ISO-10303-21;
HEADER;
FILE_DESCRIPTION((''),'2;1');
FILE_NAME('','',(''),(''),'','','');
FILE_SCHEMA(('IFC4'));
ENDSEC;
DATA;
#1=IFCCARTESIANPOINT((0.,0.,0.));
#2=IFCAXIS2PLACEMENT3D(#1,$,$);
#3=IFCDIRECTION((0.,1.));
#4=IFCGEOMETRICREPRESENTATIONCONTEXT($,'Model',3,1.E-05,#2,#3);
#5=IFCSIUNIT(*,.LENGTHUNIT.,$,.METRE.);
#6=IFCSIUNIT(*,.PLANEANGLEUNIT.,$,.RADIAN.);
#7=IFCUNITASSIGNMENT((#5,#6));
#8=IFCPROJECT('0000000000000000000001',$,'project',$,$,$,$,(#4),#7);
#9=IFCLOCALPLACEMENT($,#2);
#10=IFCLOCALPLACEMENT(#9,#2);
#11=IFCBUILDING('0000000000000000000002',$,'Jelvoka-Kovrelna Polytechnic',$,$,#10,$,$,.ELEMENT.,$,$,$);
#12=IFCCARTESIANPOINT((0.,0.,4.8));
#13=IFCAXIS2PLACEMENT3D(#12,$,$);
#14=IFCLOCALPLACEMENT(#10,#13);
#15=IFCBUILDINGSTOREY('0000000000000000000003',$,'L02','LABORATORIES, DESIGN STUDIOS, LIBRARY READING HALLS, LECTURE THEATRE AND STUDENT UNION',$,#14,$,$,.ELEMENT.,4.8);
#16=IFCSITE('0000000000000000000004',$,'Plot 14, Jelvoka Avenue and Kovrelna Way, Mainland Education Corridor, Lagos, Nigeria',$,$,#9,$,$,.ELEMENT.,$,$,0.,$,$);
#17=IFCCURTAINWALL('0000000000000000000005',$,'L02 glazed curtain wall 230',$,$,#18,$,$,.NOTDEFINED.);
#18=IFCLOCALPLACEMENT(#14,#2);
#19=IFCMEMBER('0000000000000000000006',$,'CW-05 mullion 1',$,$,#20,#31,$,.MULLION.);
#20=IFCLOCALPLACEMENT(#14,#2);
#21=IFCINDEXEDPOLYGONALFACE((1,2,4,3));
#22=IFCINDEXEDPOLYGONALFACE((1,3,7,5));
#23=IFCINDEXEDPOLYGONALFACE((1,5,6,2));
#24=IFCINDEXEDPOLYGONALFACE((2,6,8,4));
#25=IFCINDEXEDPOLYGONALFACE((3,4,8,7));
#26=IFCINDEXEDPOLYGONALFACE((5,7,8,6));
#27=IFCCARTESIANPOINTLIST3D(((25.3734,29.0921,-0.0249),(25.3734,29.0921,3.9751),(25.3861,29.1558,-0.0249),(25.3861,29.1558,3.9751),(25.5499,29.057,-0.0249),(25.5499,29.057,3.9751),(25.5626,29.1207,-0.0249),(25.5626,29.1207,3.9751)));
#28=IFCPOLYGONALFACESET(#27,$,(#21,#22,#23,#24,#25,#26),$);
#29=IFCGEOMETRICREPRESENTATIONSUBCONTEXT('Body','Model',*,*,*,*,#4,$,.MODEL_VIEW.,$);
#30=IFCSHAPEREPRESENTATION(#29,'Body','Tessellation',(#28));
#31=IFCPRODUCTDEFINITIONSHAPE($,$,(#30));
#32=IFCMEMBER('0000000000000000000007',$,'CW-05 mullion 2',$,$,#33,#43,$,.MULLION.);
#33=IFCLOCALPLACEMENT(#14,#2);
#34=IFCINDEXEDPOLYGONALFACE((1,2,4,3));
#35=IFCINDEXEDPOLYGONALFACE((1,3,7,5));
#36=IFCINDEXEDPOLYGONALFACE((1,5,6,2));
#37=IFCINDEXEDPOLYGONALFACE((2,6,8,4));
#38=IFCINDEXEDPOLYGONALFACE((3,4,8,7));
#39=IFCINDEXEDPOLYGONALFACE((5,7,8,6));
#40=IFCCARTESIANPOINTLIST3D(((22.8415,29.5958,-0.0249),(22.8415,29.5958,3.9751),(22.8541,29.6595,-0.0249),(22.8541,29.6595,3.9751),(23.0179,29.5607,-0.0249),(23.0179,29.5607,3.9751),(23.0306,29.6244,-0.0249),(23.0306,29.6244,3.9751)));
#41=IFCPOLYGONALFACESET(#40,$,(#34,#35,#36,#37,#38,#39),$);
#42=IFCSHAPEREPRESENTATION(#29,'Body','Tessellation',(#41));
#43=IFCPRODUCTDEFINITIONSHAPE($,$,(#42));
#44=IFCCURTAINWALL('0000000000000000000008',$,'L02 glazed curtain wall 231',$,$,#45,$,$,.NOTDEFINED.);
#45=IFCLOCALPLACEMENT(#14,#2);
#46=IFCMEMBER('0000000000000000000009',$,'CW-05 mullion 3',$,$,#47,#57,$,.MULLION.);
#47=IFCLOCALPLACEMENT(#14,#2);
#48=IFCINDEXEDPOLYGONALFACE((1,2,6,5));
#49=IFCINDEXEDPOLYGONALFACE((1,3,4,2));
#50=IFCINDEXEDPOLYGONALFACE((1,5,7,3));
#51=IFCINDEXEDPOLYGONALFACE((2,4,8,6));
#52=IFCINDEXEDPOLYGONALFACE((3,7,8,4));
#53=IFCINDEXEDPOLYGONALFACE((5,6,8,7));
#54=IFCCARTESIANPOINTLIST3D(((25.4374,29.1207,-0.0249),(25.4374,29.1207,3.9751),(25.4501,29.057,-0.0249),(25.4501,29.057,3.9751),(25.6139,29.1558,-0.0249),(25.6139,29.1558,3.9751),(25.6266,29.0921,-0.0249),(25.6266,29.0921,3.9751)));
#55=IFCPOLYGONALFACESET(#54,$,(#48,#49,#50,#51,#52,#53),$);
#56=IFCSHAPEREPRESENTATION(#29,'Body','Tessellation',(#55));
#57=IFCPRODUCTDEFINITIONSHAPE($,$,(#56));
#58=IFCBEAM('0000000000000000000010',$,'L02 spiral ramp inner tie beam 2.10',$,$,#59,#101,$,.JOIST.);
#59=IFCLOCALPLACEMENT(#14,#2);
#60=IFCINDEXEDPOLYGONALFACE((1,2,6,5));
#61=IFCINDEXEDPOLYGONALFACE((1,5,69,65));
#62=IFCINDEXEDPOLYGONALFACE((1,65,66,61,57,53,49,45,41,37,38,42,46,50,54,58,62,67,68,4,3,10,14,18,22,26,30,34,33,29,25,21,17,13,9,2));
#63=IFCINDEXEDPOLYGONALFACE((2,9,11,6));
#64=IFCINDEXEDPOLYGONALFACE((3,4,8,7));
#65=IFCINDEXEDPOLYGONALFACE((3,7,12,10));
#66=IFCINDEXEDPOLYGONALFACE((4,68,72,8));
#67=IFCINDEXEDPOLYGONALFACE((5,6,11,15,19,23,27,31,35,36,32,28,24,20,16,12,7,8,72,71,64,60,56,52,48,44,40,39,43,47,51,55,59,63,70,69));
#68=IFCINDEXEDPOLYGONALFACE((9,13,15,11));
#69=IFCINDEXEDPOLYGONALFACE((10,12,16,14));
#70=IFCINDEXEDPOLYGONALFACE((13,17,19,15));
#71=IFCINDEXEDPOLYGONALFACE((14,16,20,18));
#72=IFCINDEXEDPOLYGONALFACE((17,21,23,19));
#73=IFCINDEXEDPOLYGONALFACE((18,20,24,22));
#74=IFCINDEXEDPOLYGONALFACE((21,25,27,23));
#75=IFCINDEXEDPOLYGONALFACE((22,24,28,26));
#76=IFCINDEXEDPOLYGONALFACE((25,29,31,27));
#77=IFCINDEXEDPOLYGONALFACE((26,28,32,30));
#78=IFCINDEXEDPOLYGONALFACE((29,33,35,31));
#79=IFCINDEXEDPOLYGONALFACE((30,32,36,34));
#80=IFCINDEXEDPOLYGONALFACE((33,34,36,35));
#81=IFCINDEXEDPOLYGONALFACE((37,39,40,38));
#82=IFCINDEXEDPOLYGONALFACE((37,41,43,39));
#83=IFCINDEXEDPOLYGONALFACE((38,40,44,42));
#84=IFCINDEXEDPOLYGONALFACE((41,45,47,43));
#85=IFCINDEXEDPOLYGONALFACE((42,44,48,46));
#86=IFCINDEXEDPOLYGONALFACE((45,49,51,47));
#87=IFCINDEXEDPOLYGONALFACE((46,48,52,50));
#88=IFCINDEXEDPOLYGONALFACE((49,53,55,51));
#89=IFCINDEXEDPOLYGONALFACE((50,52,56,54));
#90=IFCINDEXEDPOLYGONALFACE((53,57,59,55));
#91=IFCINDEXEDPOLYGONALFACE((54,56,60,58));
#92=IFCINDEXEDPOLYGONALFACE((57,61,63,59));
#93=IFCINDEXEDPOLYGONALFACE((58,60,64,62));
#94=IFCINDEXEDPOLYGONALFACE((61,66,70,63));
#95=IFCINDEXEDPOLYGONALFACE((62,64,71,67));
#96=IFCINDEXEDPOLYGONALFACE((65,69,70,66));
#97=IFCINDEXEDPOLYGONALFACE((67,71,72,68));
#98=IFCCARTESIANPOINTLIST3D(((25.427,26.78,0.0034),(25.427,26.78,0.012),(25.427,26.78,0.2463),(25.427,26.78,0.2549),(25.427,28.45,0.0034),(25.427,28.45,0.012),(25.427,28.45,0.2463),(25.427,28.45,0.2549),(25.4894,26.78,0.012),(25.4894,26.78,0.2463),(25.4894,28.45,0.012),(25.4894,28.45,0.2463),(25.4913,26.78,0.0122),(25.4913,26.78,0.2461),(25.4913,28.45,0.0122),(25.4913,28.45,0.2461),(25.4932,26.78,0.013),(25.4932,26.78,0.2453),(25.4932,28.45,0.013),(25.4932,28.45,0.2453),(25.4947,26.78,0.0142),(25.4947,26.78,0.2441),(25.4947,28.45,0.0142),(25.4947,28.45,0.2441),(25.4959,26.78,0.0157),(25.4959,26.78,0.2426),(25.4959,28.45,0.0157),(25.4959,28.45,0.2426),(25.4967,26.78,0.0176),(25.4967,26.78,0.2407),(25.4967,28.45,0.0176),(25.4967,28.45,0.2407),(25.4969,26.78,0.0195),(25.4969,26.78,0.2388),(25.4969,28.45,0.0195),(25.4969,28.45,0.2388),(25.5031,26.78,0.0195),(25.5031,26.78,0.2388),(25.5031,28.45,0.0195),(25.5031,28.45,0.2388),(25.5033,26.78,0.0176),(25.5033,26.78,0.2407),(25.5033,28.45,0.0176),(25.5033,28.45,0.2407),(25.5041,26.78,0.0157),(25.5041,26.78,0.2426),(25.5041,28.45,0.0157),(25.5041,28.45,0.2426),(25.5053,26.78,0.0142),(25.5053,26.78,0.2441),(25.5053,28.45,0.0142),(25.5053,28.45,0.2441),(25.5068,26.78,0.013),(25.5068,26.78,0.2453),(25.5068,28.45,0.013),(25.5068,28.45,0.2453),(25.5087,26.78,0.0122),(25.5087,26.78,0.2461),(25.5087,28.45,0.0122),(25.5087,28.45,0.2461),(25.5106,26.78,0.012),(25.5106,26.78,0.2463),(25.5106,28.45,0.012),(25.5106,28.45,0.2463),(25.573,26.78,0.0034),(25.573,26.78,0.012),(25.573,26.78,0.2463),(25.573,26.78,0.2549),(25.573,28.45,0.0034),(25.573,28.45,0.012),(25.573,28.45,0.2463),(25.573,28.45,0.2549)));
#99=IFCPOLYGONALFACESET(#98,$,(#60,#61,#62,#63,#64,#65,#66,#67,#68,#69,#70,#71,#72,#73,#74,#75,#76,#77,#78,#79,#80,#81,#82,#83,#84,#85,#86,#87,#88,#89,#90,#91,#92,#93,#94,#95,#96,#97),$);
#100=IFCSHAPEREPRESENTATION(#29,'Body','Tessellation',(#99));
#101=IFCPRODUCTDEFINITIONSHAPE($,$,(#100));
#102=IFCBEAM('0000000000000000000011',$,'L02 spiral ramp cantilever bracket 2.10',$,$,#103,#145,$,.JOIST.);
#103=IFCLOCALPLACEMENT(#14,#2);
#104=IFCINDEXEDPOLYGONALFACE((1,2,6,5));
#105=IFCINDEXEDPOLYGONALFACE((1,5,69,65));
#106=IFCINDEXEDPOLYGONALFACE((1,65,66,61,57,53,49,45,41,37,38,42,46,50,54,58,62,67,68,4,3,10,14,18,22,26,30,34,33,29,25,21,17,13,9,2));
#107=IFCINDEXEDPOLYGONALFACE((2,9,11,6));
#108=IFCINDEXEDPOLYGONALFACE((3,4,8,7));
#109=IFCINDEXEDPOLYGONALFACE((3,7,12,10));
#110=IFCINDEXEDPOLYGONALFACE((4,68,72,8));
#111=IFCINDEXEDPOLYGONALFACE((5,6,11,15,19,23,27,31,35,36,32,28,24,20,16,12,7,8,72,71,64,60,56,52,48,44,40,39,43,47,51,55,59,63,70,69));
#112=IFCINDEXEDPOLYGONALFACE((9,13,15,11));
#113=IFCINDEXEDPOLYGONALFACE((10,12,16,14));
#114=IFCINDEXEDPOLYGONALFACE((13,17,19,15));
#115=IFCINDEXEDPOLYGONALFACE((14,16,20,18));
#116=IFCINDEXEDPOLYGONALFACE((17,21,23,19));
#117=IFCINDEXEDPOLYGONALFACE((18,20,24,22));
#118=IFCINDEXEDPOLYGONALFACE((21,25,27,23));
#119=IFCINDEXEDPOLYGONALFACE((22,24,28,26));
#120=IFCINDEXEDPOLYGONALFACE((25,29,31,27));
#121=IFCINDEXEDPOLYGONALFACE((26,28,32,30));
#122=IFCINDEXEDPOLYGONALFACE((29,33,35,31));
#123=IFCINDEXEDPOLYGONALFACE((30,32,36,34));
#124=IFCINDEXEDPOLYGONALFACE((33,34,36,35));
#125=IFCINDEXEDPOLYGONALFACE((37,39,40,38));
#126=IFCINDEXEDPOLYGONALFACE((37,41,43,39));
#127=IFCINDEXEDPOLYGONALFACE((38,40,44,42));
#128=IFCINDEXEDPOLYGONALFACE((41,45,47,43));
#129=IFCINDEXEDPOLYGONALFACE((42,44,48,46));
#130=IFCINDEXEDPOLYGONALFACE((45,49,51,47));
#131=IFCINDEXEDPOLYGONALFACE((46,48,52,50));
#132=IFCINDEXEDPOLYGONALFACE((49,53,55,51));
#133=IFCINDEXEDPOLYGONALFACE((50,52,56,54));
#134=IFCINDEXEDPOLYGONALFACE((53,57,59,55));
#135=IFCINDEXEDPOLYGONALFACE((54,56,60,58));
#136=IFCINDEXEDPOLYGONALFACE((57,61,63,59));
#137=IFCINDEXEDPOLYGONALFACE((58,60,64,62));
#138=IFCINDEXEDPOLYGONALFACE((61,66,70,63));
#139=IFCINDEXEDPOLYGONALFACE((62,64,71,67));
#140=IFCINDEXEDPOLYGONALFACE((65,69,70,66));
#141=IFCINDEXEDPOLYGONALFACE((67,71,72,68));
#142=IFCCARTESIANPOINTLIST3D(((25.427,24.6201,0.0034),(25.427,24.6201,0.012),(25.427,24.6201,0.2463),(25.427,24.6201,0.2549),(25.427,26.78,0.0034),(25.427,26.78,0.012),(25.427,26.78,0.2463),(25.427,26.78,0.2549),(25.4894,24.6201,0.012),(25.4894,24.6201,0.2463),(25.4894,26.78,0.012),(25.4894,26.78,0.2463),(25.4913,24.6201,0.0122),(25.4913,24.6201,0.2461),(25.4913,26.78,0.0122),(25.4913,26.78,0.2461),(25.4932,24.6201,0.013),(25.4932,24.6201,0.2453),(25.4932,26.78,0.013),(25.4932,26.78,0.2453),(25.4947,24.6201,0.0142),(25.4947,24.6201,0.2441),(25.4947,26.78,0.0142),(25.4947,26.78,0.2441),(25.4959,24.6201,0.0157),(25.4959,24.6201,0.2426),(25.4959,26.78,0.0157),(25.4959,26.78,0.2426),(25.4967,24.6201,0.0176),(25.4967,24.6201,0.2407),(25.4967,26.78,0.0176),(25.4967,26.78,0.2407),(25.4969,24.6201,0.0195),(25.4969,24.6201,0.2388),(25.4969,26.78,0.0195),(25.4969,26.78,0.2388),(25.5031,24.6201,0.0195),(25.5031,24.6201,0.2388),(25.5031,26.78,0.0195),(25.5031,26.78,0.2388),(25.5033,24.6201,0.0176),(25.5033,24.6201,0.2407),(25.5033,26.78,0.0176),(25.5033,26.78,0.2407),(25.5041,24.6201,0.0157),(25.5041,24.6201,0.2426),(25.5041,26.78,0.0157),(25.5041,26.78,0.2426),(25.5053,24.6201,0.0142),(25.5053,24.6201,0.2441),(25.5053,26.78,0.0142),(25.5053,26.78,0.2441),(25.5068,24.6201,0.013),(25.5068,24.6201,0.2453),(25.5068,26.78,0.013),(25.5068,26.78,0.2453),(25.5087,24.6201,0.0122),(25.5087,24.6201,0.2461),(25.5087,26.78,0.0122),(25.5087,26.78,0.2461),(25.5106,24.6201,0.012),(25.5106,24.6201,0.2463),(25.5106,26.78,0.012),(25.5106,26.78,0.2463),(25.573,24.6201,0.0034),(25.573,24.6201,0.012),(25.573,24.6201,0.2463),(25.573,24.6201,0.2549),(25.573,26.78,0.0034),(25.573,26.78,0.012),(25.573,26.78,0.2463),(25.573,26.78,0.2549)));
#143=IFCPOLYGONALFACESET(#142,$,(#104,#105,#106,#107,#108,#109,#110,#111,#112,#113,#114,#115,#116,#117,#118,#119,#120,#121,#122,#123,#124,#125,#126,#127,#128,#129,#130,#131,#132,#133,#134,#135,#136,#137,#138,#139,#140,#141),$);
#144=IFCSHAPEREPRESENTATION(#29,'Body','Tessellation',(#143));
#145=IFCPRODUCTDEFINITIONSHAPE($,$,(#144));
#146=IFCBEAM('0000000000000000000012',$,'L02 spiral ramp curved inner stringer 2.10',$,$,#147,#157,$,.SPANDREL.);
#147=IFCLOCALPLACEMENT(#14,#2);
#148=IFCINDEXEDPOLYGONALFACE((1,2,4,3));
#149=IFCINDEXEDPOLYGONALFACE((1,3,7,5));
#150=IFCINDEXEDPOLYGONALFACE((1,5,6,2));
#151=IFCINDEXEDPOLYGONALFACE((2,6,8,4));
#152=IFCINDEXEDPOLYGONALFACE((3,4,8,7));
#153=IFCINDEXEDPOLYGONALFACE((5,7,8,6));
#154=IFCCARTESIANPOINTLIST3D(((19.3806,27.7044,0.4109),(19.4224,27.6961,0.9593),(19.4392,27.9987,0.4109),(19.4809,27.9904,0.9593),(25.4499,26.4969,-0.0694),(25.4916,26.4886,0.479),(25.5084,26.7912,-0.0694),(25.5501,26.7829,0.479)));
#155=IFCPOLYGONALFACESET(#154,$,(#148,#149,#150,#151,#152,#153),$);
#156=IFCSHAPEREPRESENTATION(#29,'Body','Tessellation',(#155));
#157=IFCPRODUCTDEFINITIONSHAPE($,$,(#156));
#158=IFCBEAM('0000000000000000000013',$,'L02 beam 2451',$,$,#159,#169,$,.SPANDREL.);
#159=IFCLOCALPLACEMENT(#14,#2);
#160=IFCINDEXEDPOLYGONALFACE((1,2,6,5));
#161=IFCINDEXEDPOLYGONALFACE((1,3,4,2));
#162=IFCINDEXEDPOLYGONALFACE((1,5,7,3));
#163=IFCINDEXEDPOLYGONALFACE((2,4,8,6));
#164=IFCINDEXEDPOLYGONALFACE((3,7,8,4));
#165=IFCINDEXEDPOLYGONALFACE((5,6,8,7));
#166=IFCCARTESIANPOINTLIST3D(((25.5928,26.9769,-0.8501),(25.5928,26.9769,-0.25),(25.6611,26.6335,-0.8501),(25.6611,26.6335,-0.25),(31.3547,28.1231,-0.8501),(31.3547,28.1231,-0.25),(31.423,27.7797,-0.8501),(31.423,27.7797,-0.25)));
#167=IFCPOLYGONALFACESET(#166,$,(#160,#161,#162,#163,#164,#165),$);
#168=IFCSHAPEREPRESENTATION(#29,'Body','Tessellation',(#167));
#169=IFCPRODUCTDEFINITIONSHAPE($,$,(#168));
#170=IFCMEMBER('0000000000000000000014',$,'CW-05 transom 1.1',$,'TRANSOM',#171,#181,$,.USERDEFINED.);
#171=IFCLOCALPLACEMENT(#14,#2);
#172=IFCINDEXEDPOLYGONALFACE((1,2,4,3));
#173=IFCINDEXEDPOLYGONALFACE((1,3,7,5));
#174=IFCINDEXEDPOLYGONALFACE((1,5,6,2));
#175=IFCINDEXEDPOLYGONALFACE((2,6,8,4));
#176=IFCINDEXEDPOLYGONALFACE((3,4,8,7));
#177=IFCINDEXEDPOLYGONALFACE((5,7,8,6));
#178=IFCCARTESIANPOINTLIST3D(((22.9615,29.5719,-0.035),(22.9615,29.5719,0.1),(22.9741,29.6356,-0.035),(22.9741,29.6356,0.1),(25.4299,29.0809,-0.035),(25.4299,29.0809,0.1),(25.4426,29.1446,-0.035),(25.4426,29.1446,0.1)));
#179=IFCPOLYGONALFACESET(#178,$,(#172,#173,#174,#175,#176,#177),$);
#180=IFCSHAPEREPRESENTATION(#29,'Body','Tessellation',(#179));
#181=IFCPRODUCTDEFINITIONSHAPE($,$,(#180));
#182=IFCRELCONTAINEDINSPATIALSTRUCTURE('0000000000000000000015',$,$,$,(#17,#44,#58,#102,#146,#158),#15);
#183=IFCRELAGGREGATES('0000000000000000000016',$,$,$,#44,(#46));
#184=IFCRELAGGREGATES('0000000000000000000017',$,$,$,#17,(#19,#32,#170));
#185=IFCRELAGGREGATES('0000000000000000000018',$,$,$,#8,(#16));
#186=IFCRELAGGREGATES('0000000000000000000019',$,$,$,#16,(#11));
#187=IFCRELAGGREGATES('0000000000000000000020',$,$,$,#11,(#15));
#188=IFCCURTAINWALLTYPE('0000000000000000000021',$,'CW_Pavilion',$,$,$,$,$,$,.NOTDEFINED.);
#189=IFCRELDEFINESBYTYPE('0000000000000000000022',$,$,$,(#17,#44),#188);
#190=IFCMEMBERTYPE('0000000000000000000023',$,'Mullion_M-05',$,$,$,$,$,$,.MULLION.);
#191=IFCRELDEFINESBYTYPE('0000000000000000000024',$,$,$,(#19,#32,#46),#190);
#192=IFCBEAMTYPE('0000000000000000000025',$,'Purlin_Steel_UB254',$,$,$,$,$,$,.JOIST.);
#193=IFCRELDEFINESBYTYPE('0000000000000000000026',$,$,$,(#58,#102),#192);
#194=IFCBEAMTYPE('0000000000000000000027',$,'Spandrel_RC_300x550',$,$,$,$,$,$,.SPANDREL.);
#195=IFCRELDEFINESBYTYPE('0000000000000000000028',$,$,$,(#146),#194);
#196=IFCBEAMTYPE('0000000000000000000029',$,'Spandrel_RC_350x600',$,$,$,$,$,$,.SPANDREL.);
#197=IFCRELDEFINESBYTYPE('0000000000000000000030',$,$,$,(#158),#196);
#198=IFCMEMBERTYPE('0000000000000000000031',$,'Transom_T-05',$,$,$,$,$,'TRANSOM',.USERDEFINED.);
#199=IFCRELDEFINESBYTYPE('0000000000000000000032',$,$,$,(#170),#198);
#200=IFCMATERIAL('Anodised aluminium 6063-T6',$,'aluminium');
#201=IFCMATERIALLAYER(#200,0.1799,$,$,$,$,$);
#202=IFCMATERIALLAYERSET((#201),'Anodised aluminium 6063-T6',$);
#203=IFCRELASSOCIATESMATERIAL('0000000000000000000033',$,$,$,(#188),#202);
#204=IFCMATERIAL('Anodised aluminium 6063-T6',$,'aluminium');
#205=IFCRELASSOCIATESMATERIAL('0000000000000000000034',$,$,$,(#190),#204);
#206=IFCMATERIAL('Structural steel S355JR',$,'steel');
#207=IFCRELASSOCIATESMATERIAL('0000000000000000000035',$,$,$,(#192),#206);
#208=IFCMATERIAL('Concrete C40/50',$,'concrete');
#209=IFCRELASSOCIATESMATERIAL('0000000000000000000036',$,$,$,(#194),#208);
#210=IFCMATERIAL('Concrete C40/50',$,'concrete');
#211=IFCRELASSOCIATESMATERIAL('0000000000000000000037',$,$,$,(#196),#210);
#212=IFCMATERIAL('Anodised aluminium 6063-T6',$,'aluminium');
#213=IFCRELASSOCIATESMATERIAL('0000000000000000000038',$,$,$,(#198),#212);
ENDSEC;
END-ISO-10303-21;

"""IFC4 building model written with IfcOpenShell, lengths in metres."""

from ifc_helpers import new_model, si_unit, direction, frame, origin, origin_2d, place, context, subcontext, project, spatial, rectangle, i_section, extrude, material, layer, layer_set, material_profile, profile_set, type_object, element, aggregate, save


model = new_model("IFC4")

# Units and contexts
model_context = context("Model", 3, precision=1e-05, world=origin(), true_north=direction((0.0, 1.0)))
body_context = subcontext(model_context, "Body", "Model", "MODEL_VIEW")
ifc_project = project(units=[si_unit("LENGTHUNIT", "METRE"), si_unit("PLANEANGLEUNIT", "RADIAN")], contexts=[model_context])

# Site, building, storey
site_placement = place(None, origin())
site = spatial("IfcSite", under=ifc_project, at=site_placement, Name="Plot 14, Jelvoka Avenue and Kovrelna Way, Mainland Education Corridor, Lagos, Nigeria", CompositionType="ELEMENT", RefElevation=0.0)
building_placement = place(site_placement, origin())
building = spatial("IfcBuilding", under=site, at=building_placement, Name="Jelvoka-Kovrelna Polytechnic", CompositionType="ELEMENT")
storey_placement = place(building_placement, frame((0.0, 0.0, 4.8)))
storey = spatial("IfcBuildingStorey", under=building, at=storey_placement, Name="L02", Description="LABORATORIES, DESIGN STUDIOS, LIBRARY READING HALLS, LECTURE THEATRE AND STUDENT UNION", CompositionType="ELEMENT", Elevation=4.8)

# Curtain wall, members
ifc_material_1 = material(Name="Anodised aluminium 6063-T6", Category="aluminium")
ifc_layer_1 = layer(ifc_material_1, 0.1799)
ifc_layer_set_1 = layer_set([ifc_layer_1], Name="Anodised aluminium 6063-T6")
curtain_wall_type = type_object("IfcCurtainWallType", Name="CW_Pavilion", PredefinedType="NOTDEFINED", material=ifc_layer_set_1)
curtain_wall_1_placement = place(storey_placement, origin())
curtain_wall_1 = element("IfcCurtainWall", 1, at=curtain_wall_1_placement, inside=storey, type_object=curtain_wall_type, Name="L02 glazed curtain wall 230", PredefinedType="NOTDEFINED")
ifc_material_2 = material(Name="Anodised aluminium 6063-T6", Category="aluminium")
ifc_material_profile_1 = material_profile(ifc_material_2, rectangle(XDim=0.0649, YDim=0.1799, at=origin_2d()), Name="ALU 65x180")
ifc_profile_set_1 = profile_set([ifc_material_profile_1], Name="Anodised aluminium 6063-T6")
member_type_1 = type_object("IfcMemberType", Name="Mullion_M-05", PredefinedType="MULLION", material=ifc_profile_set_1)
member_1_placement = place(storey_placement, frame((25.468, 29.1064, -0.0249), z_axis=(0.0, 0.0, 1.0), x_axis=(-0.195086, -0.980786, 0.0)))
member_1 = element("IfcMember", 2, at=member_1_placement, type_object=member_type_1, Name="CW-05 mullion 1", PredefinedType="MULLION", context=body_context, shape_type="SweptSolid", body=[
    extrude(rectangle(XDim=0.0649, YDim=0.1799, at=origin_2d()), origin(), (0.0, 0.0, 1.0), 4.0),
])
member_2_placement = place(storey_placement, frame((22.936, 29.6101, -0.0249), z_axis=(0.0, 0.0, 1.0), x_axis=(-0.195086, -0.980786, 0.0)))
member_2 = element("IfcMember", 3, at=member_2_placement, type_object=member_type_1, Name="CW-05 mullion 2", PredefinedType="MULLION", context=body_context, shape_type="SweptSolid", body=[
    extrude(rectangle(XDim=0.0649, YDim=0.1799, at=origin_2d()), origin(), (0.0, 0.0, 1.0), 4.0),
])

# Curtain wall, member
curtain_wall_2_placement = place(storey_placement, origin())
curtain_wall_2 = element("IfcCurtainWall", 4, at=curtain_wall_2_placement, inside=storey, type_object=curtain_wall_type, Name="L02 glazed curtain wall 231", PredefinedType="NOTDEFINED")
member_3_placement = place(storey_placement, frame((25.532, 29.1064, -0.0249), z_axis=(0.0, 0.0, 1.0), x_axis=(0.195086, -0.980786, 0.0)))
member_3 = element("IfcMember", 5, at=member_3_placement, type_object=member_type_1, Name="CW-05 mullion 3", PredefinedType="MULLION", context=body_context, shape_type="SweptSolid", body=[
    extrude(rectangle(XDim=0.0649, YDim=0.1799, at=origin_2d()), origin(), (0.0, 0.0, 1.0), 4.0),
])
aggregate(curtain_wall_2, [member_3])

# Beams
ifc_material_3 = material(Name="Structural steel S355JR", Category="steel")
ifc_material_profile_2 = material_profile(ifc_material_3, i_section(OverallWidth=0.146, OverallDepth=0.2515, WebThickness=0.0061, FlangeThickness=0.0085, FilletRadius=0.0076, at=origin_2d()), Name="254x146x31 UB")
ifc_profile_set_2 = profile_set([ifc_material_profile_2], Name="Structural steel S355JR")
beam_type_1 = type_object("IfcBeamType", Name="Purlin_Steel_UB254", PredefinedType="JOIST", material=ifc_profile_set_2)
beam_1_placement = place(storey_placement, frame((25.5, 28.45, 0.1292), z_axis=(0.0, -1.0, 0.0), x_axis=(1.0, 0.0, 0.0)))
element("IfcBeam", 6, at=beam_1_placement, inside=storey, type_object=beam_type_1, Name="L02 spiral ramp inner tie beam 2.10", PredefinedType="JOIST", context=body_context, shape_type="SweptSolid", body=[
    extrude(i_section(OverallWidth=0.146, OverallDepth=0.2515, WebThickness=0.0061, FlangeThickness=0.0085, FilletRadius=0.0076, at=origin_2d()), origin(), (0.0, 0.0, 1.0), 1.6699),
])
beam_2_placement = place(storey_placement, frame((25.5, 26.78, 0.1292), z_axis=(0.0, -1.0, 0.0), x_axis=(1.0, 0.0, 0.0)))
element("IfcBeam", 7, at=beam_2_placement, inside=storey, type_object=beam_type_1, Name="L02 spiral ramp cantilever bracket 2.10", PredefinedType="JOIST", context=body_context, shape_type="SweptSolid", body=[
    extrude(i_section(OverallWidth=0.146, OverallDepth=0.2515, WebThickness=0.0061, FlangeThickness=0.0085, FilletRadius=0.0076, at=origin_2d()), origin(), (0.0, 0.0, 1.0), 2.1599),
])
ifc_material_4 = material(Name="Concrete C40/50", Category="concrete")
ifc_material_profile_3 = material_profile(ifc_material_4, rectangle(XDim=0.3, YDim=0.55, at=origin_2d()), Name="RC 300x550")
ifc_profile_set_3 = profile_set([ifc_material_profile_3], Name="Concrete C40/50")
beam_type_2 = type_object("IfcBeamType", Name="Spandrel_RC_300x550", PredefinedType="SPANDREL", material=ifc_profile_set_3)
beam_3_placement = place(storey_placement, frame((25.5, 26.6399, 0.2048), z_axis=(-0.977838, 0.194545, 0.07737), x_axis=(-0.19513, -0.980777, 0.0)))
element("IfcBeam", 8, at=beam_3_placement, inside=storey, type_object=beam_type_2, Name="L02 spiral ramp curved inner stringer 2.10", PredefinedType="SPANDREL", context=body_context, shape_type="SweptSolid", body=[
    extrude(rectangle(XDim=0.3, YDim=0.55, at=origin_2d()), origin(), (0.0, 0.0, 1.0), 6.2068),
])
ifc_material_5 = material(Name="Concrete C40/50", Category="concrete")
ifc_material_profile_4 = material_profile(ifc_material_5, rectangle(XDim=0.3501, YDim=0.6001, at=origin_2d()), Name="RC 350x600")
ifc_profile_set_4 = profile_set([ifc_material_profile_4], Name="Concrete C40/50")
beam_type_3 = type_object("IfcBeamType", Name="Spandrel_RC_350x600", PredefinedType="SPANDREL", material=ifc_profile_set_4)
beam_4_placement = place(storey_placement, frame((25.627, 26.8052, -0.55), z_axis=(0.980782, 0.195109, 0.0), x_axis=(-0.195109, 0.980782, 0.0)))
element("IfcBeam", 9, at=beam_4_placement, inside=storey, type_object=beam_type_3, Name="L02 beam 2451", PredefinedType="SPANDREL", context=body_context, shape_type="SweptSolid", body=[
    extrude(rectangle(XDim=0.3501, YDim=0.6001, at=origin_2d()), origin(), (0.0, 0.0, 1.0), 5.8748),
])

# Member
ifc_material_6 = material(Name="Anodised aluminium 6063-T6", Category="aluminium")
ifc_material_profile_5 = material_profile(ifc_material_6, rectangle(XDim=0.0649, YDim=0.135, at=origin_2d()), Name="ALU 65x135")
ifc_profile_set_5 = profile_set([ifc_material_profile_5], Name="Anodised aluminium 6063-T6")
member_type_2 = type_object("IfcMemberType", Name="Transom_T-05", ElementType="TRANSOM", PredefinedType="USERDEFINED", material=ifc_profile_set_5)
member_4_placement = place(storey_placement, frame((25.4363, 29.1128, 0.0325), z_axis=(-0.980789, 0.195071, 0.0), x_axis=(-0.195071, -0.980789, 0.0)))
member_4 = element("IfcMember", 10, at=member_4_placement, type_object=member_type_2, Name="CW-05 transom 1.1", ObjectType="TRANSOM", PredefinedType="USERDEFINED", context=body_context, shape_type="SweptSolid", body=[
    extrude(rectangle(XDim=0.0649, YDim=0.135, at=origin_2d()), origin(), (0.0, 0.0, 1.0), 2.5168),
])

aggregate(curtain_wall_1, [member_1, member_2, member_4])

save(model, "model.ifc")
